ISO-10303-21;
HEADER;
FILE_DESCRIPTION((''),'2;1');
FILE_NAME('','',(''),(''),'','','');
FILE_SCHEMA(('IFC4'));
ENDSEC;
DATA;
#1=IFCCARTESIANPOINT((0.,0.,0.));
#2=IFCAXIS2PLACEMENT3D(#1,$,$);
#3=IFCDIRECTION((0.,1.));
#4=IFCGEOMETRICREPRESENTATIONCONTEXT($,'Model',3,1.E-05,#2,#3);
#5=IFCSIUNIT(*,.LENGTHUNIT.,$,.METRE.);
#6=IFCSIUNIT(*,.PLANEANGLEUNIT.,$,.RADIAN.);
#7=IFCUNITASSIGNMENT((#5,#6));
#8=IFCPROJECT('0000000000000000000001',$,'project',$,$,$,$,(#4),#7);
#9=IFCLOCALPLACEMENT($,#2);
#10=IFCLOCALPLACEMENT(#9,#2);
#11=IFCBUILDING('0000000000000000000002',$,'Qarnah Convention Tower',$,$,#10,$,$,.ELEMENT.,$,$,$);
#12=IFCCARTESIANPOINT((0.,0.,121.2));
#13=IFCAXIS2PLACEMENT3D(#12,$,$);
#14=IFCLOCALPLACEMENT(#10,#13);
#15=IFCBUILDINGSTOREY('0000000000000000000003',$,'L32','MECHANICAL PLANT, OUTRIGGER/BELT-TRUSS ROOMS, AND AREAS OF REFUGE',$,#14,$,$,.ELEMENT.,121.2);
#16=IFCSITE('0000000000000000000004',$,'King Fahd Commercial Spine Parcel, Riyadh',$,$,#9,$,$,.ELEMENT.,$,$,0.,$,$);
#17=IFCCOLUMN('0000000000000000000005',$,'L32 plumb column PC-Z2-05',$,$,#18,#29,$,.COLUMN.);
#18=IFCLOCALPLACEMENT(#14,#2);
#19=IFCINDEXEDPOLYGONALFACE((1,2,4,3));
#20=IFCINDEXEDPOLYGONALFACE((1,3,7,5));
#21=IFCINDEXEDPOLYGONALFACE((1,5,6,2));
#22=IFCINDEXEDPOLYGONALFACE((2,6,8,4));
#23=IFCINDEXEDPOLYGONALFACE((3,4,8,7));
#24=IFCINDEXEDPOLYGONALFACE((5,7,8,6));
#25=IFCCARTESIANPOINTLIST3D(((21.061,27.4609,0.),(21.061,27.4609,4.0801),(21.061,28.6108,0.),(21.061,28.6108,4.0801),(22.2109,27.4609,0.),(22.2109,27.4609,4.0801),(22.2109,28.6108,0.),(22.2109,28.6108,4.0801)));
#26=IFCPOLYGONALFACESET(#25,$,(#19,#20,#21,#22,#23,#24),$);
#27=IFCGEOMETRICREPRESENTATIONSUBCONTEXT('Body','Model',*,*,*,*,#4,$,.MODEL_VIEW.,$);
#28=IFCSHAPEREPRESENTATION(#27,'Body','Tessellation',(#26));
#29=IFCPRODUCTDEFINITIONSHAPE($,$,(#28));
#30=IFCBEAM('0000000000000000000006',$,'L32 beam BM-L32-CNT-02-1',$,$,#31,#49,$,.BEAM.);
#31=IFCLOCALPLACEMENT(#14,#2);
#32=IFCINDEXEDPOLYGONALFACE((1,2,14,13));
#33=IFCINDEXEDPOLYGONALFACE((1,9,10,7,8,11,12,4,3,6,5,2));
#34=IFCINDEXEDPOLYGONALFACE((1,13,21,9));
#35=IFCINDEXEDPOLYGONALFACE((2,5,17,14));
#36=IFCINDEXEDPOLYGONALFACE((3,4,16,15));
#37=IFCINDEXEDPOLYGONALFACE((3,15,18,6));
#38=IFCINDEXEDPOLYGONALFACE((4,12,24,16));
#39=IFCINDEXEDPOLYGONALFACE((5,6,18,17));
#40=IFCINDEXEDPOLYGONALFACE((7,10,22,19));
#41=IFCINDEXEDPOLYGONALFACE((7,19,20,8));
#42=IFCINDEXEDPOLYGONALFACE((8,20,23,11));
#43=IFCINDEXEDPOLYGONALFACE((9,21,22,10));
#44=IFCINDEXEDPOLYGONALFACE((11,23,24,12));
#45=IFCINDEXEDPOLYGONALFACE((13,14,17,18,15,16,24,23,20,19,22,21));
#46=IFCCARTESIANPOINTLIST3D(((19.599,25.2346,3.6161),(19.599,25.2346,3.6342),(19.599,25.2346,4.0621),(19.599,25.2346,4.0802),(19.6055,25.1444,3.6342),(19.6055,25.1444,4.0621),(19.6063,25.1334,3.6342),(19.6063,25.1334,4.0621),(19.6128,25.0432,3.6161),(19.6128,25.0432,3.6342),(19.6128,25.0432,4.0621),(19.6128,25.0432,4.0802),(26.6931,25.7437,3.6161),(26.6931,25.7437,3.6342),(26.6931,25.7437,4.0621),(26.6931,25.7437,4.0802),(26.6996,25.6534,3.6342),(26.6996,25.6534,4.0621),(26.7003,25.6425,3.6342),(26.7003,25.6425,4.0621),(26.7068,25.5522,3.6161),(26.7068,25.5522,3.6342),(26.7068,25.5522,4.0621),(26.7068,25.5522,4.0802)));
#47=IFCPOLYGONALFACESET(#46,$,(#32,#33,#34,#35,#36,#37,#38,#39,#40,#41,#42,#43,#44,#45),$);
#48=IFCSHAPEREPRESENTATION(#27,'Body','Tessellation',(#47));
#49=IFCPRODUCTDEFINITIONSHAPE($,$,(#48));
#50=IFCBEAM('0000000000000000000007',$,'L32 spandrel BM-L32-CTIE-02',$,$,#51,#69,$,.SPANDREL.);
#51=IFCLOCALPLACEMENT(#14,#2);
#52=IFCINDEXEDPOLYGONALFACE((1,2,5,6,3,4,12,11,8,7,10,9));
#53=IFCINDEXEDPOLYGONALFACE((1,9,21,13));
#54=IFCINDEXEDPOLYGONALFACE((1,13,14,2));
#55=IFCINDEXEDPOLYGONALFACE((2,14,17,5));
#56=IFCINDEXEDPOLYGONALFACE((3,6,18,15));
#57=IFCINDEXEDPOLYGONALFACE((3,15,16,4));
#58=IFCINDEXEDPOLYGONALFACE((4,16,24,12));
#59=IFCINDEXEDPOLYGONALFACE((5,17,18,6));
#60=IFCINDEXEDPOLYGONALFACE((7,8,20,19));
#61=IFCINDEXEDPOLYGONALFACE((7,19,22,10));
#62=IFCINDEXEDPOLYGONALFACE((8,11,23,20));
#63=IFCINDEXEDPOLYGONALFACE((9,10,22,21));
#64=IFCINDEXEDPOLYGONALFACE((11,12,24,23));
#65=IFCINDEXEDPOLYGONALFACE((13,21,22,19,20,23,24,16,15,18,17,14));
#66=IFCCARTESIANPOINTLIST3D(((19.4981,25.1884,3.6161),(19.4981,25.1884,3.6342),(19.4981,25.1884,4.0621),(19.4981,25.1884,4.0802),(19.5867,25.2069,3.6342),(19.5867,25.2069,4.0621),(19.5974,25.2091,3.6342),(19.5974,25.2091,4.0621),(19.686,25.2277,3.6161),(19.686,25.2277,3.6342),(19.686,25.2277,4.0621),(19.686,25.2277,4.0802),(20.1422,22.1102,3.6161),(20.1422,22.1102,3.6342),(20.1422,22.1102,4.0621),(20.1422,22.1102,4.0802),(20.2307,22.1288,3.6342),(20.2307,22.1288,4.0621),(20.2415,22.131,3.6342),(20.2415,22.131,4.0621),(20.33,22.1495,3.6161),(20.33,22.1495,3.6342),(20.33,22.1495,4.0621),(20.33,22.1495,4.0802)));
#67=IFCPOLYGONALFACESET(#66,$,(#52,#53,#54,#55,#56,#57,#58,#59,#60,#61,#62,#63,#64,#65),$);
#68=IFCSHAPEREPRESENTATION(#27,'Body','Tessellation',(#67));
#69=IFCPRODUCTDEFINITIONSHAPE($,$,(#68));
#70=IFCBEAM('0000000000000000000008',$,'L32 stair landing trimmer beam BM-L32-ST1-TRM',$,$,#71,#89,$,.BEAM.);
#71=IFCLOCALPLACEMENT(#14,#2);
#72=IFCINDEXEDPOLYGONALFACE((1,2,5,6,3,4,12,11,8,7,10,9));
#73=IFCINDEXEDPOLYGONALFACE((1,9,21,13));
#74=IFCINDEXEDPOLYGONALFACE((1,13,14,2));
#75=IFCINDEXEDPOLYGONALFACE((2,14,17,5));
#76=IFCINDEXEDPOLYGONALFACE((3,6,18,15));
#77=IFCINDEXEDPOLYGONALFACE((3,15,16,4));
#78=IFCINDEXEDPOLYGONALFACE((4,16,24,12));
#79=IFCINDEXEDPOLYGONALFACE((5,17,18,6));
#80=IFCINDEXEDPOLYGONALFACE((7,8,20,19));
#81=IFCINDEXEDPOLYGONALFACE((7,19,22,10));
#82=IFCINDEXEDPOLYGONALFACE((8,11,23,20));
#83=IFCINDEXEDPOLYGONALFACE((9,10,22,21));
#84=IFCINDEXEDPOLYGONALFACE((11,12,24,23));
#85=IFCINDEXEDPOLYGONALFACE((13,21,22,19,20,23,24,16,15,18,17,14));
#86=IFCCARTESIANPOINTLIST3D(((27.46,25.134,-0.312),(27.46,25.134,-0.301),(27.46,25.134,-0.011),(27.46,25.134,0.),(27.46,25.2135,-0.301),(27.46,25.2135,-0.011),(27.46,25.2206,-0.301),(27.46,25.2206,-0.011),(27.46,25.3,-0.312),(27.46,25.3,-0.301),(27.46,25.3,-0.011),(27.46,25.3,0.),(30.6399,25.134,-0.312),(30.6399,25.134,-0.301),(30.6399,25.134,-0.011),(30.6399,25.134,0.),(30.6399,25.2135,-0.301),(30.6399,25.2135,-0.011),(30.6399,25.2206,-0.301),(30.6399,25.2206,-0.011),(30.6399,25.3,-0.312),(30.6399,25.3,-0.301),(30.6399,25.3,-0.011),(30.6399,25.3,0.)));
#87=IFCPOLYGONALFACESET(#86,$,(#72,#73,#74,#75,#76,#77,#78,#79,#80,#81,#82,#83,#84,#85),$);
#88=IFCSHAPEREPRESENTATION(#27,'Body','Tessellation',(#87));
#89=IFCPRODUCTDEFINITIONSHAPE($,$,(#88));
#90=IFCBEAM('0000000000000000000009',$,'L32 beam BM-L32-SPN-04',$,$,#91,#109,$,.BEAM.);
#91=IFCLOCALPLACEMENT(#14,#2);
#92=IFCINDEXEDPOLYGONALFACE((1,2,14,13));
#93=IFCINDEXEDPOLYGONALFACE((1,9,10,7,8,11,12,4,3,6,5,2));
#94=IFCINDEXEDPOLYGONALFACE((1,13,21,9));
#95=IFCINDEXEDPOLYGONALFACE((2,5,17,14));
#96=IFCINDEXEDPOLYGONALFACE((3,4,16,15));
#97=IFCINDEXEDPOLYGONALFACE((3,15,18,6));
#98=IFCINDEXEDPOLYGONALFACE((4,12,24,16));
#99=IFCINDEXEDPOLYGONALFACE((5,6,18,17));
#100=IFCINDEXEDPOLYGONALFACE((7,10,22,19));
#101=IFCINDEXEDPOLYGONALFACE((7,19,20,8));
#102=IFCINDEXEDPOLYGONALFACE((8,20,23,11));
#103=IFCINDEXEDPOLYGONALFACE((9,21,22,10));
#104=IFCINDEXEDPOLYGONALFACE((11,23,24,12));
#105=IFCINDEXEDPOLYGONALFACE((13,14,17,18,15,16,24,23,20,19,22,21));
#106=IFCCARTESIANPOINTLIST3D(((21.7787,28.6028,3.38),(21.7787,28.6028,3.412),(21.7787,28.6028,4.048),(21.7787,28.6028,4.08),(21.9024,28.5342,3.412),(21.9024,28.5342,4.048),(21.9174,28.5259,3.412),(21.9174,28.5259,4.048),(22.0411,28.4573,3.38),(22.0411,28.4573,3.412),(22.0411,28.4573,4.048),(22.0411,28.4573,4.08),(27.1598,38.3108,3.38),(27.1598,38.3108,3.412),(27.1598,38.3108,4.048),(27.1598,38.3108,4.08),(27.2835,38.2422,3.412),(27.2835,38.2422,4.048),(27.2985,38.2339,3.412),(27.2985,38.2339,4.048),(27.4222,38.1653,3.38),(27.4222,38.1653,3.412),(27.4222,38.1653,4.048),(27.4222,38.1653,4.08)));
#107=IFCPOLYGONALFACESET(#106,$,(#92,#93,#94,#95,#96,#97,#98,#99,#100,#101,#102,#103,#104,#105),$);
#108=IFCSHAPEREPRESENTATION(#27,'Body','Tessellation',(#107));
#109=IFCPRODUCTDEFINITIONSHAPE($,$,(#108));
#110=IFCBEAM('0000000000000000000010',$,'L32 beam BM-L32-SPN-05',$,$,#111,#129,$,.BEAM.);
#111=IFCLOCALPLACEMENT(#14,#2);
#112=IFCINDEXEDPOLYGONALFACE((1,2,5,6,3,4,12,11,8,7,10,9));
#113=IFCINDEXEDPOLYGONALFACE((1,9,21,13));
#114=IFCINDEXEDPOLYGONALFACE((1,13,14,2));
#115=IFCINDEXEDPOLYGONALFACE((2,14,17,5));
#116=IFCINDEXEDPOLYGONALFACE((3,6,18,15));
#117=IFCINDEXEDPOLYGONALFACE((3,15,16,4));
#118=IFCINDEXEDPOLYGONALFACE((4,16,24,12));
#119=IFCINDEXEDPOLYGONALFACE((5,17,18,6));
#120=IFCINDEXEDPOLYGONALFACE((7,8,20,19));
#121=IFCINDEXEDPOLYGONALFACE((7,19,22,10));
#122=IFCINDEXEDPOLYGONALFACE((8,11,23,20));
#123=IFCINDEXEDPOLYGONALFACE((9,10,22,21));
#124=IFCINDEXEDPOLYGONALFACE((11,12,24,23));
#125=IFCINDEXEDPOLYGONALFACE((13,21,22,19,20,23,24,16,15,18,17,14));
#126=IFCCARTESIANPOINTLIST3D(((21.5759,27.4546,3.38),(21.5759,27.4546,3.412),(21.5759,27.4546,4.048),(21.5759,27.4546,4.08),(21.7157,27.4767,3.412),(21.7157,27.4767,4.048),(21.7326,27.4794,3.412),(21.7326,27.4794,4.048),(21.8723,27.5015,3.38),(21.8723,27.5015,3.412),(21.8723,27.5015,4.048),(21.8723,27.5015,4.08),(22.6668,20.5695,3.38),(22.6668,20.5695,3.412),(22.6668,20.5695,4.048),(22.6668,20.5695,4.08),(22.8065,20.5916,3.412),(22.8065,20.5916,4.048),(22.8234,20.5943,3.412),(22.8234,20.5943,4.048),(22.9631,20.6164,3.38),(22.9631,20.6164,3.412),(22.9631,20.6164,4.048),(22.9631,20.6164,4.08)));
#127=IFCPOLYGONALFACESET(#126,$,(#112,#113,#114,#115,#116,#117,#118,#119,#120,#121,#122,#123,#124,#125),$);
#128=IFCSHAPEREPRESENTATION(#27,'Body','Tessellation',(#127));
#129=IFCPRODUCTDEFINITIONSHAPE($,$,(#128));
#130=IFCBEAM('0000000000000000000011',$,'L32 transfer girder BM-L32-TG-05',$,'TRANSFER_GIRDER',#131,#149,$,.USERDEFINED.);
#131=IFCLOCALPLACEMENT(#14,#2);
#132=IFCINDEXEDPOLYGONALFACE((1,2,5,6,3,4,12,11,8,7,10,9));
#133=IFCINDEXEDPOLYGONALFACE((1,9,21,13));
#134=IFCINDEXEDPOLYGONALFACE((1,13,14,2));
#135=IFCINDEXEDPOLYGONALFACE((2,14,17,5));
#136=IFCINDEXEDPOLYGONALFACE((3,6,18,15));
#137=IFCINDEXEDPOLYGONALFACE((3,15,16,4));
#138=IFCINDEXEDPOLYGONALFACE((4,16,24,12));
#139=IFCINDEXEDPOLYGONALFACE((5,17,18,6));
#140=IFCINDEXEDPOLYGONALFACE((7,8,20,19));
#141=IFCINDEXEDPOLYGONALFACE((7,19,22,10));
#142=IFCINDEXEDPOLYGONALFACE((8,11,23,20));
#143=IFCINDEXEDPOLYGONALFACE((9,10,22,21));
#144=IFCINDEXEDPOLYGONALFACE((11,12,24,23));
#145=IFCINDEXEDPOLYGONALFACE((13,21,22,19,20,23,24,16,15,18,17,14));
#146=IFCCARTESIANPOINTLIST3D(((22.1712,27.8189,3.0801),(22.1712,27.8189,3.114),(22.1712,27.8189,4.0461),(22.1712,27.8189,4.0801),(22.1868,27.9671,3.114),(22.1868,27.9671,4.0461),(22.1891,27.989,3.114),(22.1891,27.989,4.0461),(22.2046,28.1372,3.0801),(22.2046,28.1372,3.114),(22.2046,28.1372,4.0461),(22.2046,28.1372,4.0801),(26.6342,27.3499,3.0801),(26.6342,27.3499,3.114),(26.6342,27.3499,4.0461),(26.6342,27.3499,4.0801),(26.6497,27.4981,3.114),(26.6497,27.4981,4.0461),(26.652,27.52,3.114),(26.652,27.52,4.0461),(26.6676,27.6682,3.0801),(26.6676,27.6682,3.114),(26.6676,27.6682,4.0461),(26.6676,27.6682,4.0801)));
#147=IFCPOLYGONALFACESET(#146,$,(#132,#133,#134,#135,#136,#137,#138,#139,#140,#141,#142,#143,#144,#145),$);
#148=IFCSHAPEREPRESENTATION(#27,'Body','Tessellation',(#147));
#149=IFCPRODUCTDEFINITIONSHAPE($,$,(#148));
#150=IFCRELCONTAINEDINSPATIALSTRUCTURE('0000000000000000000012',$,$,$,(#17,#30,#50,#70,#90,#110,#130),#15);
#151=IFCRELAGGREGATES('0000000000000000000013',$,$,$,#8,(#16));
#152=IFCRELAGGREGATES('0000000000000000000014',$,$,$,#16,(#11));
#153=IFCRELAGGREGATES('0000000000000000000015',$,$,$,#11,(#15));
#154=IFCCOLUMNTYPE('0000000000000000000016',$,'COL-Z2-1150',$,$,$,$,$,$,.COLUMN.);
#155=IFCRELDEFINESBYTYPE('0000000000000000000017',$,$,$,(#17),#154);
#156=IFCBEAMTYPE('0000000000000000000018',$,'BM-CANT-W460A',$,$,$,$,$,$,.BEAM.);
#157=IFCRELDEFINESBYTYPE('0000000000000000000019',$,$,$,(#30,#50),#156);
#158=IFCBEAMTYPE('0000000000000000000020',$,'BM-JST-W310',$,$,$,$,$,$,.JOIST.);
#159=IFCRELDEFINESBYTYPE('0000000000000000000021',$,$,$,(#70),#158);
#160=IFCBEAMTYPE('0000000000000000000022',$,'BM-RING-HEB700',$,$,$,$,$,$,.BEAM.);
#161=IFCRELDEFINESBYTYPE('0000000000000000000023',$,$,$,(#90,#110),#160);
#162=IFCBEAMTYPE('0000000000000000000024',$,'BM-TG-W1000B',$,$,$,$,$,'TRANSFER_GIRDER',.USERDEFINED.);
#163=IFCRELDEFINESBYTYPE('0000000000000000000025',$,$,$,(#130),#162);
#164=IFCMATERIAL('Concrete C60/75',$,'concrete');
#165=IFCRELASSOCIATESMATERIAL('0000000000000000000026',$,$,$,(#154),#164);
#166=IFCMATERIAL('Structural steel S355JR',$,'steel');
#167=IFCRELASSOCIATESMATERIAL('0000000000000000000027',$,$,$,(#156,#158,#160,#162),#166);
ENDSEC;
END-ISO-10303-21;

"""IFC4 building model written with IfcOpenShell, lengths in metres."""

from ifc_helpers import new_model, si_unit, direction, frame, origin, origin_2d, place, context, subcontext, project, spatial, rectangle, i_section, extrude, material, material_profile, profile_set, type_object, element, save


model = new_model("IFC4")

# Units and contexts
model_context = context("Model", 3, precision=1e-05, world=origin(), true_north=direction((0.0, 1.0)))
body_context = subcontext(model_context, "Body", "Model", "MODEL_VIEW")
ifc_project = project(units=[si_unit("LENGTHUNIT", "METRE"), si_unit("PLANEANGLEUNIT", "RADIAN")], contexts=[model_context])

# Site, building, storey
site_placement = place(None, origin())
site = spatial("IfcSite", under=ifc_project, at=site_placement, Name="King Fahd Commercial Spine Parcel, Riyadh", CompositionType="ELEMENT", RefElevation=0.0)
building_placement = place(site_placement, origin())
building = spatial("IfcBuilding", under=site, at=building_placement, Name="Qarnah Convention Tower", CompositionType="ELEMENT")
storey_placement = place(building_placement, frame((0.0, 0.0, 121.2)))
storey = spatial("IfcBuildingStorey", under=building, at=storey_placement, Name="L32", Description="MECHANICAL PLANT, OUTRIGGER/BELT-TRUSS ROOMS, AND AREAS OF REFUGE", CompositionType="ELEMENT", Elevation=121.2)

# Column
ifc_material_1 = material(Name="Concrete C60/75", Category="concrete")
ifc_material_profile_1 = material_profile(ifc_material_1, rectangle(XDim=1.1499, YDim=1.1499, at=origin_2d()), Name="RC-COL-1150X1150")
ifc_profile_set_1 = profile_set([ifc_material_profile_1], Name="Concrete C60/75")
column_type = type_object("IfcColumnType", Name="COL-Z2-1150", PredefinedType="COLUMN", material=ifc_profile_set_1)
column_placement = place(storey_placement, frame((21.636, 28.0359, 0.0), z_axis=(0.0, 0.0, 1.0), x_axis=(1.0, 0.0, 0.0)))
element("IfcColumn", 1, at=column_placement, inside=storey, type_object=column_type, Name="L32 plumb column PC-Z2-05", PredefinedType="COLUMN", context=body_context, shape_type="SweptSolid", body=[
    extrude(rectangle(XDim=1.1499, YDim=1.1499, at=origin_2d()), origin(), (0.0, 0.0, 1.0), 4.0801),
])

# Beams
ifc_material_2 = material(Name="Structural steel S355JR", Category="steel")
ifc_material_profile_2 = material_profile(ifc_material_2, i_section(OverallWidth=0.1919, OverallDepth=0.4641, WebThickness=0.011, FlangeThickness=0.0181, at=origin_2d()), Name="W460X89")
ifc_profile_set_2 = profile_set([ifc_material_profile_2], Name="Structural steel S355JR")
beam_type_1 = type_object("IfcBeamType", Name="BM-CANT-W460A", PredefinedType="BEAM", material=ifc_profile_set_2)
beam_1_placement = place(storey_placement, frame((26.7, 25.6479, 3.8481), z_axis=(-0.997435, -0.071571, 0.0), x_axis=(0.071571, -0.997435, 0.0)))
element("IfcBeam", 2, at=beam_1_placement, inside=storey, type_object=beam_type_1, Name="L32 beam BM-L32-CNT-02-1", PredefinedType="BEAM", context=body_context, shape_type="SweptSolid", body=[
    extrude(i_section(OverallWidth=0.1919, OverallDepth=0.4641, WebThickness=0.011, FlangeThickness=0.0181, at=origin_2d()), origin(), (0.0, 0.0, 1.0), 7.1123),
])
beam_2_placement = place(storey_placement, frame((19.592, 25.208, 3.8481), z_axis=(0.204797, -0.978804, 0.0), x_axis=(0.978804, 0.204797, 0.0)))
element("IfcBeam", 3, at=beam_2_placement, inside=storey, type_object=beam_type_1, Name="L32 spandrel BM-L32-CTIE-02", PredefinedType="SPANDREL", context=body_context, shape_type="SweptSolid", body=[
    extrude(i_section(OverallWidth=0.1919, OverallDepth=0.4641, WebThickness=0.011, FlangeThickness=0.0181, at=origin_2d()), origin(), (0.0, 0.0, 1.0), 3.1448),
])
ifc_material_profile_3 = material_profile(ifc_material_2, i_section(OverallWidth=0.166, OverallDepth=0.312, WebThickness=0.0071, FlangeThickness=0.011, at=origin_2d()), Name="W310X45")
ifc_profile_set_3 = profile_set([ifc_material_profile_3], Name="Structural steel S355JR")
beam_type_2 = type_object("IfcBeamType", Name="BM-JST-W310", PredefinedType="JOIST", material=ifc_profile_set_3)
beam_3_placement = place(storey_placement, frame((27.46, 25.217, -0.156), z_axis=(1.0, 0.0, 0.0), x_axis=(0.0, 1.0, 0.0)))
element("IfcBeam", 4, at=beam_3_placement, inside=storey, type_object=beam_type_2, Name="L32 stair landing trimmer beam BM-L32-ST1-TRM", PredefinedType="BEAM", context=body_context, shape_type="SweptSolid", body=[
    extrude(i_section(OverallWidth=0.166, OverallDepth=0.312, WebThickness=0.0071, FlangeThickness=0.011, at=origin_2d()), origin(), (0.0, 0.0, 1.0), 3.1799),
])
ifc_material_profile_4 = material_profile(ifc_material_2, i_section(OverallWidth=0.3, OverallDepth=0.7, WebThickness=0.0171, FlangeThickness=0.032, at=origin_2d()), Name="HEB700")
ifc_profile_set_4 = profile_set([ifc_material_profile_4], Name="Structural steel S355JR")
beam_type_3 = type_object("IfcBeamType", Name="BM-RING-HEB700", PredefinedType="BEAM", material=ifc_profile_set_4)
beam_4_placement = place(storey_placement, frame((27.291, 38.238, 3.73), z_axis=(-0.4848, -0.874625, 0.0), x_axis=(0.874625, -0.4848, 0.0)))
element("IfcBeam", 5, at=beam_4_placement, inside=storey, type_object=beam_type_3, Name="L32 beam BM-L32-SPN-04", PredefinedType="BEAM", context=body_context, shape_type="SweptSolid", body=[
    extrude(i_section(OverallWidth=0.3, OverallDepth=0.7, WebThickness=0.0171, FlangeThickness=0.032, at=origin_2d()), origin(), (0.0, 0.0, 1.0), 11.0996),
])
beam_5_placement = place(storey_placement, frame((21.7241, 27.478, 3.73), z_axis=(0.156482, -0.987681, 0.0), x_axis=(0.987681, 0.156482, 0.0)))
element("IfcBeam", 6, at=beam_5_placement, inside=storey, type_object=beam_type_3, Name="L32 beam BM-L32-SPN-05", PredefinedType="BEAM", context=body_context, shape_type="SweptSolid", body=[
    extrude(i_section(OverallWidth=0.3, OverallDepth=0.7, WebThickness=0.0171, FlangeThickness=0.032, at=origin_2d()), origin(), (0.0, 0.0, 1.0), 6.9709),
])
ifc_material_profile_5 = material_profile(ifc_material_2, i_section(OverallWidth=0.3201, OverallDepth=1.0, WebThickness=0.022, FlangeThickness=0.0339, at=origin_2d()), Name="W1000X371")
ifc_profile_set_5 = profile_set([ifc_material_profile_5], Name="Structural steel S355JR")
beam_type_4 = type_object("IfcBeamType", Name="BM-TG-W1000B", ElementType="TRANSFER_GIRDER", PredefinedType="USERDEFINED", material=ifc_profile_set_5)
beam_6_placement = place(storey_placement, frame((26.6509, 27.509, 3.5801), z_axis=(-0.994524, 0.104512, 0.0), x_axis=(-0.104512, -0.994524, 0.0)))
element("IfcBeam", 7, at=beam_6_placement, inside=storey, type_object=beam_type_4, Name="L32 transfer girder BM-L32-TG-05", ObjectType="TRANSFER_GIRDER", PredefinedType="USERDEFINED", context=body_context, shape_type="SweptSolid", body=[
    extrude(i_section(OverallWidth=0.3201, OverallDepth=1.0, WebThickness=0.022, FlangeThickness=0.0339, at=origin_2d()), origin(), (0.0, 0.0, 1.0), 4.4875),
])

save(model, "model.ifc")
